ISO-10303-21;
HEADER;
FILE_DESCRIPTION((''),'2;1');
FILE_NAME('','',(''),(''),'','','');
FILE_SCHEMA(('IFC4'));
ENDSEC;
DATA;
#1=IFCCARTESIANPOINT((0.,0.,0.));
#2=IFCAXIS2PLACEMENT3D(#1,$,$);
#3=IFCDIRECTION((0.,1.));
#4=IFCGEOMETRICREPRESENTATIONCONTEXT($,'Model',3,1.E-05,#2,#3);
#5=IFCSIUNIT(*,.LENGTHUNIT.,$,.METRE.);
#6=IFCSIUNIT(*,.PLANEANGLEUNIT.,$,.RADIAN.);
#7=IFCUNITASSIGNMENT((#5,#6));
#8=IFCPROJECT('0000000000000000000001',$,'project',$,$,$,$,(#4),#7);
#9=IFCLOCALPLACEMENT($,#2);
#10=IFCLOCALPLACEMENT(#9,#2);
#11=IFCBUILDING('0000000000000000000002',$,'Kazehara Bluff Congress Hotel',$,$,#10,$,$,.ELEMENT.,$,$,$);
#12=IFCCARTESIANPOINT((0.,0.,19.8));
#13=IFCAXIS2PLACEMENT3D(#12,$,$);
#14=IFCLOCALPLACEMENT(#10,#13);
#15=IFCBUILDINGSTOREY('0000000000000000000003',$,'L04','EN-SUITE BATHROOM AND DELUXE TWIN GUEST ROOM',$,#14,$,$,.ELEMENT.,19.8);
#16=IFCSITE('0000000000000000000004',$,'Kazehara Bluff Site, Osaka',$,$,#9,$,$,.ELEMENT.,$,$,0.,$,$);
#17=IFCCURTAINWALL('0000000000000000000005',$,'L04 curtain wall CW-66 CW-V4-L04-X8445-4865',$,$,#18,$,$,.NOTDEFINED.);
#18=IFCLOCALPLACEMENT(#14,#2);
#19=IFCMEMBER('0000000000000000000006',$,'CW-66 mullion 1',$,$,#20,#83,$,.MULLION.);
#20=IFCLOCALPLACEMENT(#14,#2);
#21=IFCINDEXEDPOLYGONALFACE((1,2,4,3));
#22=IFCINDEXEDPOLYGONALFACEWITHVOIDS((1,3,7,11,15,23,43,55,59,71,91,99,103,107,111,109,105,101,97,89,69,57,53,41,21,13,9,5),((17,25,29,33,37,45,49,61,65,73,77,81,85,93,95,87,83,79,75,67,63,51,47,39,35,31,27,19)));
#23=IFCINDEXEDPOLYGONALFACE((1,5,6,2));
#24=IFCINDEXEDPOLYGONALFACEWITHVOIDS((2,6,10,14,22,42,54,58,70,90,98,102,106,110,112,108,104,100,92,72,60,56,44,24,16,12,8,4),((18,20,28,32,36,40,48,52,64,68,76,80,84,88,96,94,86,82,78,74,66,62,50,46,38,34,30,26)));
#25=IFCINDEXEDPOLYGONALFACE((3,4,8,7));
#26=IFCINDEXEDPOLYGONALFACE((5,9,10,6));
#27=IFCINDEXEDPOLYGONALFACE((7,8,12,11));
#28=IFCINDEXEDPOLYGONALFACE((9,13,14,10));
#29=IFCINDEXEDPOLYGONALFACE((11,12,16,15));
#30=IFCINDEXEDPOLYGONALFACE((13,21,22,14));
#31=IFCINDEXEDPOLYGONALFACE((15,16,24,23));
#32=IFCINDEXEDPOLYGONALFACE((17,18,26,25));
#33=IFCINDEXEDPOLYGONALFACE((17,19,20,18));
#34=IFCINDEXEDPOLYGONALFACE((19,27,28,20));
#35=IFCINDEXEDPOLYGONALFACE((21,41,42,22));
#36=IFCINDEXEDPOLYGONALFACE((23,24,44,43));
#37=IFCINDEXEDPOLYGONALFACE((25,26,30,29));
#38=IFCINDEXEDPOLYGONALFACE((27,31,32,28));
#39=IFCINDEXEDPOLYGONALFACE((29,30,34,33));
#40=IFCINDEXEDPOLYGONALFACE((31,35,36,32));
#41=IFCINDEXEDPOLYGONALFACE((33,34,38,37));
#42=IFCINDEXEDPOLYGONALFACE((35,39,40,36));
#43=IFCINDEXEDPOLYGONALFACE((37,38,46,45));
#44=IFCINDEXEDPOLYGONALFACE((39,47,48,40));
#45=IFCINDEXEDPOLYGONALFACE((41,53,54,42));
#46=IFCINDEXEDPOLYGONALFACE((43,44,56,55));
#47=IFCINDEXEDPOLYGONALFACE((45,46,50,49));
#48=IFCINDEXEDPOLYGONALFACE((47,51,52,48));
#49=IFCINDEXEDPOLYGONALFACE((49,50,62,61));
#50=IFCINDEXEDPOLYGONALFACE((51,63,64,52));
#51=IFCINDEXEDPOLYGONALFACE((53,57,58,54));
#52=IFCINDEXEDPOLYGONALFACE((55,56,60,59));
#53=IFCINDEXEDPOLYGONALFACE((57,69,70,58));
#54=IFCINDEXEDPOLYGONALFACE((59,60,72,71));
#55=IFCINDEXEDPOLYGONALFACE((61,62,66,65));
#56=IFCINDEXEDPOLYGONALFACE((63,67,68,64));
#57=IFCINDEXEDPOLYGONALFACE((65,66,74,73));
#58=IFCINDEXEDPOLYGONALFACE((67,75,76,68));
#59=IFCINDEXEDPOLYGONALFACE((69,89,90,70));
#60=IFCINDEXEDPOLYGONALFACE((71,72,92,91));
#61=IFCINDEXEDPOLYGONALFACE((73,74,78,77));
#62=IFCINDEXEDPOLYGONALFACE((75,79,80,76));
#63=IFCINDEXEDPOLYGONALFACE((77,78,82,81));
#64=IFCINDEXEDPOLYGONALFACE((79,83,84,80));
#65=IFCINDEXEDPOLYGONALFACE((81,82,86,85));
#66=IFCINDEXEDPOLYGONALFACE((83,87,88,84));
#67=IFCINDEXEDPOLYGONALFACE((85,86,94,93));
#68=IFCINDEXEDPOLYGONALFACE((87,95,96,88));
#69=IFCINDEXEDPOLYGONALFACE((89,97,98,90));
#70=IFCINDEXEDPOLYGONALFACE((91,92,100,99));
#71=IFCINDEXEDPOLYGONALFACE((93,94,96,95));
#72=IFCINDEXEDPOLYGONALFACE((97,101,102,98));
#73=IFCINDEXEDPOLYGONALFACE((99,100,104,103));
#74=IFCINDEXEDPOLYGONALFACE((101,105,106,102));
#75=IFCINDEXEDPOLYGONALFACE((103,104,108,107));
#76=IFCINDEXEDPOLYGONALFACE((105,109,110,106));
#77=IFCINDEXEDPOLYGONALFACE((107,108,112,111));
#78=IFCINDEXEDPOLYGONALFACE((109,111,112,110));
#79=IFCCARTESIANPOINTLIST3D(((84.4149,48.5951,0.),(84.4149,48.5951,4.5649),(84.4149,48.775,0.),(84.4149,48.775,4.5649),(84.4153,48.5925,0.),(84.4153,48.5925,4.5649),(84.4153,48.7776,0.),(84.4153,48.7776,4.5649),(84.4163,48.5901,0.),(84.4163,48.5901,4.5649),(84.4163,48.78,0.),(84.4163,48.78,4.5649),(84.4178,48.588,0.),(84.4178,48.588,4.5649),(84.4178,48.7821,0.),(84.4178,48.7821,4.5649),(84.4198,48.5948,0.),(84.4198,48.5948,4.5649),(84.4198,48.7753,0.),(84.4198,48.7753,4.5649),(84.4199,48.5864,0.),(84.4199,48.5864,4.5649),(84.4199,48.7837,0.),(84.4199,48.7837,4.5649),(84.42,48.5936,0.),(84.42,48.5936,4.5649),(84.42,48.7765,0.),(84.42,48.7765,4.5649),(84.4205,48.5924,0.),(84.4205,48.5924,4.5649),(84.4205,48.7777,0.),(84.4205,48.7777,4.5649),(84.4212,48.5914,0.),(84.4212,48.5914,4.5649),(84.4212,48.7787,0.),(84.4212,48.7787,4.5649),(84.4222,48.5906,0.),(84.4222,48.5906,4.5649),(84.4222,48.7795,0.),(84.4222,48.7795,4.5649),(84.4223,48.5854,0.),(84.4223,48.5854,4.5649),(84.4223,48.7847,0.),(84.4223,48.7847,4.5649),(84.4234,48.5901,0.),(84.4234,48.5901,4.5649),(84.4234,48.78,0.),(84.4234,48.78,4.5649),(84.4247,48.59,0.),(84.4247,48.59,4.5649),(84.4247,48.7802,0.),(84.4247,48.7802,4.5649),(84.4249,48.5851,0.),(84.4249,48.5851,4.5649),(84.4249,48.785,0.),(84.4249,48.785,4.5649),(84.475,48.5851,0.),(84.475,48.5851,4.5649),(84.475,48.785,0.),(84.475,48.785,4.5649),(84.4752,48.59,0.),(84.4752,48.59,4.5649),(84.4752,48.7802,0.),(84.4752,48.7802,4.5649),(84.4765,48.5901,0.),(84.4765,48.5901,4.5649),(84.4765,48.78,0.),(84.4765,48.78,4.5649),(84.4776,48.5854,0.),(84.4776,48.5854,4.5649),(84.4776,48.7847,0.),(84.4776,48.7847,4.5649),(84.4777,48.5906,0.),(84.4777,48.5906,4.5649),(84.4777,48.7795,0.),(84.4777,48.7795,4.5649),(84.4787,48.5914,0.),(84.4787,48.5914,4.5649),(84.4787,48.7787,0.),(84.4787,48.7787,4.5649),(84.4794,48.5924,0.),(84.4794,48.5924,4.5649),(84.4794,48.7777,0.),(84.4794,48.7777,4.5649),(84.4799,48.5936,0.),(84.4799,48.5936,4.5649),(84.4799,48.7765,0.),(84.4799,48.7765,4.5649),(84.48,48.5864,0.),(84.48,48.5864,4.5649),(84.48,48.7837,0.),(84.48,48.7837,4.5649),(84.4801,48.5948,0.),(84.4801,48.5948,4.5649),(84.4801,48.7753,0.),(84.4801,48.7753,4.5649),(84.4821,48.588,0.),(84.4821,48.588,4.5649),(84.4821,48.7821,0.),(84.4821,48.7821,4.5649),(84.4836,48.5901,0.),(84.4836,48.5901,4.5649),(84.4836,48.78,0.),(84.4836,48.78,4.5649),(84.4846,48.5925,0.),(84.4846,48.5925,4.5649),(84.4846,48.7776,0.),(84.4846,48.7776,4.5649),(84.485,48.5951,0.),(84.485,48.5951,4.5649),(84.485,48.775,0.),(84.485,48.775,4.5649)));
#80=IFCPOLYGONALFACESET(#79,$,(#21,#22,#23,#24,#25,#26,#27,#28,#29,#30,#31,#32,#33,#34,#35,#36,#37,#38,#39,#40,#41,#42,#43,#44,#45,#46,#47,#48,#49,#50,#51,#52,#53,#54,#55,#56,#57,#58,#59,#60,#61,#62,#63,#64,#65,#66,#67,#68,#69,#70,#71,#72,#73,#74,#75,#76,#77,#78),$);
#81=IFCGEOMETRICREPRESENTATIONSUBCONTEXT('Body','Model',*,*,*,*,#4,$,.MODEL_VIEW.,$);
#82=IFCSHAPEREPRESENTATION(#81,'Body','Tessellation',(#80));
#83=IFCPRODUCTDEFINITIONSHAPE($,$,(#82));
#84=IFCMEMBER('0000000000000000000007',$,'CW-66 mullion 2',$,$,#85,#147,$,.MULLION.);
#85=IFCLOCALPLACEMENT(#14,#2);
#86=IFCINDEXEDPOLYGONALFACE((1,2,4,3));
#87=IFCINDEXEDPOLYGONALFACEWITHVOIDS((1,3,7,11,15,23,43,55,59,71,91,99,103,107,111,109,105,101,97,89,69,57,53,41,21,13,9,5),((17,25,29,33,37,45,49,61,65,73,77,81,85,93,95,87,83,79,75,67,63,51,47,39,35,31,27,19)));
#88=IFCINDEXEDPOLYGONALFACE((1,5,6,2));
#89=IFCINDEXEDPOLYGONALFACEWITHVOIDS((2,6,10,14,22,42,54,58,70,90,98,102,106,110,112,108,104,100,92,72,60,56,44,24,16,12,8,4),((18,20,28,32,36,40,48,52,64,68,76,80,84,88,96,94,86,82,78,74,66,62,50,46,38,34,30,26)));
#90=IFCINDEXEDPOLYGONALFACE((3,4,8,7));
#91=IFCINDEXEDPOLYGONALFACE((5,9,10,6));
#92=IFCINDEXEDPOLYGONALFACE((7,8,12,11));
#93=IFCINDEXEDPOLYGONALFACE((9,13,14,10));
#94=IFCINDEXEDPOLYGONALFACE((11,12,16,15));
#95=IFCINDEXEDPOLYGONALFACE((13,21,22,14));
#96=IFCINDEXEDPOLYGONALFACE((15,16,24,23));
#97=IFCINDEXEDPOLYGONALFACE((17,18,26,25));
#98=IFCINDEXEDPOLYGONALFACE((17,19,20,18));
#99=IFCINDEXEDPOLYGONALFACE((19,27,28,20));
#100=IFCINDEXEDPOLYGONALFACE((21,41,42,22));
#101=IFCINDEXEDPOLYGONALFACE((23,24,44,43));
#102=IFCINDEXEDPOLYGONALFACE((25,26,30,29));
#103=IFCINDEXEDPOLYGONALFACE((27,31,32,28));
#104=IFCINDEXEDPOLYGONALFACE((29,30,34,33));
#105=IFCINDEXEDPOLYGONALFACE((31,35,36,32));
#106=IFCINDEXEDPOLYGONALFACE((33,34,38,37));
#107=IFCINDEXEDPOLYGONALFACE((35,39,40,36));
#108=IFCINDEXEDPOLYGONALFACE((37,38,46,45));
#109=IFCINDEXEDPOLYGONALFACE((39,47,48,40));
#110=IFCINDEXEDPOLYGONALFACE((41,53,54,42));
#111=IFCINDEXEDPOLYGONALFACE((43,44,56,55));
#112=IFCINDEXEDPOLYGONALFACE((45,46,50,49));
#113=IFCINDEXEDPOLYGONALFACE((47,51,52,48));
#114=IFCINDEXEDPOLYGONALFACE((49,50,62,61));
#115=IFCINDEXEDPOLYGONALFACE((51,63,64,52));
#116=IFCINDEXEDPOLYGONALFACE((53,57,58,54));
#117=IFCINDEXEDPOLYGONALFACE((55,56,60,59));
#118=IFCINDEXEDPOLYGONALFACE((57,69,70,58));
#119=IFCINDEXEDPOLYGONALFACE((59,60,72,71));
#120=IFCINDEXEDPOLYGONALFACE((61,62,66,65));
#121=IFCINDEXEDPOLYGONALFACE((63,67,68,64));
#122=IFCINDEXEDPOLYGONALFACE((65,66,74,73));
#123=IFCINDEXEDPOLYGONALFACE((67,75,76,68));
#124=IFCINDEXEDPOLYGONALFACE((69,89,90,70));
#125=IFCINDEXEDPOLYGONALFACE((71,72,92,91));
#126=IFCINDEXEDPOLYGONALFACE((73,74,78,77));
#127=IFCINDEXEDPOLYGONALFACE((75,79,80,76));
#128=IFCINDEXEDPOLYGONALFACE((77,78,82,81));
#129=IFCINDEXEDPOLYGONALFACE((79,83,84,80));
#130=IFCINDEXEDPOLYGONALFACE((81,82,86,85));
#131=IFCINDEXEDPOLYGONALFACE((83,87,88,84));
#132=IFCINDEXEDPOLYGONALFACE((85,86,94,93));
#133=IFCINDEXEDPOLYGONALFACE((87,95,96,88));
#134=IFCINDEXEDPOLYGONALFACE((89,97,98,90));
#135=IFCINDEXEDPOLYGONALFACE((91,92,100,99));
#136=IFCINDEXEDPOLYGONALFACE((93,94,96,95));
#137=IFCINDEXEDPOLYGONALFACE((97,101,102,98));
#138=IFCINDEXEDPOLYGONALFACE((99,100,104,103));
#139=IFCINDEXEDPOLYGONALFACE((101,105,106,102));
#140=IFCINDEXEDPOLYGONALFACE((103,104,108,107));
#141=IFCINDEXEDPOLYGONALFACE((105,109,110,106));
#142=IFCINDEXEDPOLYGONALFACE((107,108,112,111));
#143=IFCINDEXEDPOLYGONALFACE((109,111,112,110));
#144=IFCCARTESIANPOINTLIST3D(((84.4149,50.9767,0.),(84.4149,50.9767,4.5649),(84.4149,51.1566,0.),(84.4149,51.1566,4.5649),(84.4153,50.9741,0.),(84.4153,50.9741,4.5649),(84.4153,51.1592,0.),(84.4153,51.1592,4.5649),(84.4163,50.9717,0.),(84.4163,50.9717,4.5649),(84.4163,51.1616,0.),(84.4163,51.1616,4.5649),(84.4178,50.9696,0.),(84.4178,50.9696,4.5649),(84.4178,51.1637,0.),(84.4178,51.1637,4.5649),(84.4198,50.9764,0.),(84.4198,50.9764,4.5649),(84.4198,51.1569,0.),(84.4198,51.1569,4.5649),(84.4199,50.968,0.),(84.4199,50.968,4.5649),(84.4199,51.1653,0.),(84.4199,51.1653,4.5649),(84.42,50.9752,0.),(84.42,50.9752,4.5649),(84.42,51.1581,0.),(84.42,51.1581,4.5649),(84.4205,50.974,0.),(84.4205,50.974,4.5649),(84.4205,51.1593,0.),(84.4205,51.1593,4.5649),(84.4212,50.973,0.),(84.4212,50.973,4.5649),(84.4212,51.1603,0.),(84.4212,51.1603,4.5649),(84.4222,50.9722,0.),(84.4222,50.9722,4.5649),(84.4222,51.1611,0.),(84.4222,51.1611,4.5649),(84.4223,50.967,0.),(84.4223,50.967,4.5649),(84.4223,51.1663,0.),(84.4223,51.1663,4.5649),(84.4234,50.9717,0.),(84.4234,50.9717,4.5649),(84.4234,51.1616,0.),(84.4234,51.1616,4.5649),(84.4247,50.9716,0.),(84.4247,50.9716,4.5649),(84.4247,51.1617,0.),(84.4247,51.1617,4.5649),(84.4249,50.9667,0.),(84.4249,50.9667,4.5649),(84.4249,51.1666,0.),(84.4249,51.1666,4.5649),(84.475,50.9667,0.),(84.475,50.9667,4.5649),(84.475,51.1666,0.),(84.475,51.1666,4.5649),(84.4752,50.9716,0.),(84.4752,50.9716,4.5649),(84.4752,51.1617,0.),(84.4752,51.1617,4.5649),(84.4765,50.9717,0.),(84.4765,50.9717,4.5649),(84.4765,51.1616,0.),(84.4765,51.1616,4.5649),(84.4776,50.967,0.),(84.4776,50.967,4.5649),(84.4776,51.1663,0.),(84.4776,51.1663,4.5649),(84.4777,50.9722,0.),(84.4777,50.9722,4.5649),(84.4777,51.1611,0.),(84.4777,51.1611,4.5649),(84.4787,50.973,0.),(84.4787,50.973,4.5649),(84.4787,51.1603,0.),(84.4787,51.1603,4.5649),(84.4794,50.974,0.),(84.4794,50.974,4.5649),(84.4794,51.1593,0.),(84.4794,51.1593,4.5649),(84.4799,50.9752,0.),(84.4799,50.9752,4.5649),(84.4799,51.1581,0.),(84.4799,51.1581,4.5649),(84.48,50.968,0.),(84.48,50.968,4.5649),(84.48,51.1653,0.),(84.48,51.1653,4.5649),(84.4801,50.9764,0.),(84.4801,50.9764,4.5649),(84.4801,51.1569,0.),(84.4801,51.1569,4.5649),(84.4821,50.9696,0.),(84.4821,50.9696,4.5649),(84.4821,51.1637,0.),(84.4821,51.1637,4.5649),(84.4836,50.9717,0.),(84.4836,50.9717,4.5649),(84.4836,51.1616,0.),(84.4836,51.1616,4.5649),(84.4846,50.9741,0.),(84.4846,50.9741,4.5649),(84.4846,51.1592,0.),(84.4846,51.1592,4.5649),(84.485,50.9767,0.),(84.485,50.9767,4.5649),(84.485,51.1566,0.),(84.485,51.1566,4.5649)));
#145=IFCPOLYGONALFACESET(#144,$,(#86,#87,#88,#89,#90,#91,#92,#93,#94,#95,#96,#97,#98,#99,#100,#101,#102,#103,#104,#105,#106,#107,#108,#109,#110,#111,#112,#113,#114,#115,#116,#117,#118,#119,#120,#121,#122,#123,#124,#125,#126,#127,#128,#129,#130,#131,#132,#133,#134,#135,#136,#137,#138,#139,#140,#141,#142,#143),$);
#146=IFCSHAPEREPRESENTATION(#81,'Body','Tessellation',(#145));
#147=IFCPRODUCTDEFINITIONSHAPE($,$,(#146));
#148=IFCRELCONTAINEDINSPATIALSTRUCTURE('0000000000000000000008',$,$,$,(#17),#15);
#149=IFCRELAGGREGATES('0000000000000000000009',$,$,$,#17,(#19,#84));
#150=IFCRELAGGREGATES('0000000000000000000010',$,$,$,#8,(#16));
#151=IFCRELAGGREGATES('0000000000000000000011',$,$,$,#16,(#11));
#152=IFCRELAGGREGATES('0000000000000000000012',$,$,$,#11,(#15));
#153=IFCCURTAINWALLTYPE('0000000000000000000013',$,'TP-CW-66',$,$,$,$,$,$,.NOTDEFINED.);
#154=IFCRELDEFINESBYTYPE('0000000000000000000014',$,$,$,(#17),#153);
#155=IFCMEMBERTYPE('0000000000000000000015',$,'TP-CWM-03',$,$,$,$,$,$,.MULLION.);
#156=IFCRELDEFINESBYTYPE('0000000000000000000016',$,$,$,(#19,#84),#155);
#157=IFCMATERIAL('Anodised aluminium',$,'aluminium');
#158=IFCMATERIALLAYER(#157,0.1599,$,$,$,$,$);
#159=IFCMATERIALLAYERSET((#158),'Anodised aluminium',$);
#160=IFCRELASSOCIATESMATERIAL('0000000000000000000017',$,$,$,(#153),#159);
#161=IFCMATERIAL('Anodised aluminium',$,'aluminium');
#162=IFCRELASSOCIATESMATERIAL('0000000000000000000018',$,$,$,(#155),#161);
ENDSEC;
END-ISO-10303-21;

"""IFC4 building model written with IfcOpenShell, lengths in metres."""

from ifc_helpers import new_model, si_unit, direction, frame, origin, origin_2d, place, context, subcontext, project, spatial, hollow_rectangle, extrude, material, layer, layer_set, material_profile, profile_set, type_object, element, aggregate, save


model = new_model("IFC4")

# Units and contexts
model_context = context("Model", 3, precision=1e-05, world=origin(), true_north=direction((0.0, 1.0)))
body_context = subcontext(model_context, "Body", "Model", "MODEL_VIEW")
ifc_project = project(units=[si_unit("LENGTHUNIT", "METRE"), si_unit("PLANEANGLEUNIT", "RADIAN")], contexts=[model_context])

# Site, building, storey
site_placement = place(None, origin())
site = spatial("IfcSite", under=ifc_project, at=site_placement, Name="Kazehara Bluff Site, Osaka", CompositionType="ELEMENT", RefElevation=0.0)
building_placement = place(site_placement, origin())
building = spatial("IfcBuilding", under=site, at=building_placement, Name="Kazehara Bluff Congress Hotel", CompositionType="ELEMENT")
storey_placement = place(building_placement, frame((0.0, 0.0, 19.8)))
storey = spatial("IfcBuildingStorey", under=building, at=storey_placement, Name="L04", Description="EN-SUITE BATHROOM AND DELUXE TWIN GUEST ROOM", CompositionType="ELEMENT", Elevation=19.8)

# Curtain wall, members
ifc_material_1 = material(Name="Anodised aluminium", Category="aluminium")
ifc_layer_1 = layer(ifc_material_1, 0.1599)
ifc_layer_set_1 = layer_set([ifc_layer_1], Name="Anodised aluminium")
curtain_wall_type_1 = type_object("IfcCurtainWallType", Name="TP-CW-66", PredefinedType="NOTDEFINED", material=ifc_layer_set_1)
curtain_wall_1_placement = place(storey_placement, origin())
curtain_wall_1 = element("IfcCurtainWall", 1, at=curtain_wall_1_placement, inside=storey, type_object=curtain_wall_type_1, Name="L04 curtain wall CW-66 CW-V4-L04-X8445-4865", PredefinedType="NOTDEFINED")
ifc_material_2 = material(Name="Anodised aluminium", Category="aluminium")
ifc_material_profile_1 = material_profile(ifc_material_2, hollow_rectangle(XDim=0.0701, YDim=0.2, WallThickness=0.0049, InnerFilletRadius=0.0049, OuterFilletRadius=0.01, at=origin_2d()))
ifc_profile_set_1 = profile_set([ifc_material_profile_1], Name="Anodised aluminium")
member_type_1 = type_object("IfcMemberType", Name="TP-CWM-03", PredefinedType="MULLION", material=ifc_profile_set_1)
member_1_placement = place(storey_placement, frame((84.45, 48.6851, 0.0), z_axis=(0.0, 0.0, 1.0), x_axis=(-1.0, 0.0, 0.0)))
member_1 = element("IfcMember", 2, at=member_1_placement, type_object=member_type_1, Name="CW-66 mullion 1", PredefinedType="MULLION", context=body_context, shape_type="SweptSolid", body=[
    extrude(hollow_rectangle(XDim=0.0701, YDim=0.2, WallThickness=0.0049, InnerFilletRadius=0.0049, OuterFilletRadius=0.01, at=origin_2d()), origin(), (0.0, 0.0, 1.0), 4.5649),
])
member_2_placement = place(storey_placement, frame((84.45, 51.0667, 0.0), z_axis=(0.0, 0.0, 1.0), x_axis=(-1.0, 0.0, 0.0)))
member_2 = element("IfcMember", 3, at=member_2_placement, type_object=member_type_1, Name="CW-66 mullion 2", PredefinedType="MULLION", context=body_context, shape_type="SweptSolid", body=[
    extrude(hollow_rectangle(XDim=0.0701, YDim=0.2, WallThickness=0.0049, InnerFilletRadius=0.0049, OuterFilletRadius=0.01, at=origin_2d()), origin(), (0.0, 0.0, 1.0), 4.5649),
])

aggregate(curtain_wall_1, [member_1, member_2])

save(model, "model.ifc")
